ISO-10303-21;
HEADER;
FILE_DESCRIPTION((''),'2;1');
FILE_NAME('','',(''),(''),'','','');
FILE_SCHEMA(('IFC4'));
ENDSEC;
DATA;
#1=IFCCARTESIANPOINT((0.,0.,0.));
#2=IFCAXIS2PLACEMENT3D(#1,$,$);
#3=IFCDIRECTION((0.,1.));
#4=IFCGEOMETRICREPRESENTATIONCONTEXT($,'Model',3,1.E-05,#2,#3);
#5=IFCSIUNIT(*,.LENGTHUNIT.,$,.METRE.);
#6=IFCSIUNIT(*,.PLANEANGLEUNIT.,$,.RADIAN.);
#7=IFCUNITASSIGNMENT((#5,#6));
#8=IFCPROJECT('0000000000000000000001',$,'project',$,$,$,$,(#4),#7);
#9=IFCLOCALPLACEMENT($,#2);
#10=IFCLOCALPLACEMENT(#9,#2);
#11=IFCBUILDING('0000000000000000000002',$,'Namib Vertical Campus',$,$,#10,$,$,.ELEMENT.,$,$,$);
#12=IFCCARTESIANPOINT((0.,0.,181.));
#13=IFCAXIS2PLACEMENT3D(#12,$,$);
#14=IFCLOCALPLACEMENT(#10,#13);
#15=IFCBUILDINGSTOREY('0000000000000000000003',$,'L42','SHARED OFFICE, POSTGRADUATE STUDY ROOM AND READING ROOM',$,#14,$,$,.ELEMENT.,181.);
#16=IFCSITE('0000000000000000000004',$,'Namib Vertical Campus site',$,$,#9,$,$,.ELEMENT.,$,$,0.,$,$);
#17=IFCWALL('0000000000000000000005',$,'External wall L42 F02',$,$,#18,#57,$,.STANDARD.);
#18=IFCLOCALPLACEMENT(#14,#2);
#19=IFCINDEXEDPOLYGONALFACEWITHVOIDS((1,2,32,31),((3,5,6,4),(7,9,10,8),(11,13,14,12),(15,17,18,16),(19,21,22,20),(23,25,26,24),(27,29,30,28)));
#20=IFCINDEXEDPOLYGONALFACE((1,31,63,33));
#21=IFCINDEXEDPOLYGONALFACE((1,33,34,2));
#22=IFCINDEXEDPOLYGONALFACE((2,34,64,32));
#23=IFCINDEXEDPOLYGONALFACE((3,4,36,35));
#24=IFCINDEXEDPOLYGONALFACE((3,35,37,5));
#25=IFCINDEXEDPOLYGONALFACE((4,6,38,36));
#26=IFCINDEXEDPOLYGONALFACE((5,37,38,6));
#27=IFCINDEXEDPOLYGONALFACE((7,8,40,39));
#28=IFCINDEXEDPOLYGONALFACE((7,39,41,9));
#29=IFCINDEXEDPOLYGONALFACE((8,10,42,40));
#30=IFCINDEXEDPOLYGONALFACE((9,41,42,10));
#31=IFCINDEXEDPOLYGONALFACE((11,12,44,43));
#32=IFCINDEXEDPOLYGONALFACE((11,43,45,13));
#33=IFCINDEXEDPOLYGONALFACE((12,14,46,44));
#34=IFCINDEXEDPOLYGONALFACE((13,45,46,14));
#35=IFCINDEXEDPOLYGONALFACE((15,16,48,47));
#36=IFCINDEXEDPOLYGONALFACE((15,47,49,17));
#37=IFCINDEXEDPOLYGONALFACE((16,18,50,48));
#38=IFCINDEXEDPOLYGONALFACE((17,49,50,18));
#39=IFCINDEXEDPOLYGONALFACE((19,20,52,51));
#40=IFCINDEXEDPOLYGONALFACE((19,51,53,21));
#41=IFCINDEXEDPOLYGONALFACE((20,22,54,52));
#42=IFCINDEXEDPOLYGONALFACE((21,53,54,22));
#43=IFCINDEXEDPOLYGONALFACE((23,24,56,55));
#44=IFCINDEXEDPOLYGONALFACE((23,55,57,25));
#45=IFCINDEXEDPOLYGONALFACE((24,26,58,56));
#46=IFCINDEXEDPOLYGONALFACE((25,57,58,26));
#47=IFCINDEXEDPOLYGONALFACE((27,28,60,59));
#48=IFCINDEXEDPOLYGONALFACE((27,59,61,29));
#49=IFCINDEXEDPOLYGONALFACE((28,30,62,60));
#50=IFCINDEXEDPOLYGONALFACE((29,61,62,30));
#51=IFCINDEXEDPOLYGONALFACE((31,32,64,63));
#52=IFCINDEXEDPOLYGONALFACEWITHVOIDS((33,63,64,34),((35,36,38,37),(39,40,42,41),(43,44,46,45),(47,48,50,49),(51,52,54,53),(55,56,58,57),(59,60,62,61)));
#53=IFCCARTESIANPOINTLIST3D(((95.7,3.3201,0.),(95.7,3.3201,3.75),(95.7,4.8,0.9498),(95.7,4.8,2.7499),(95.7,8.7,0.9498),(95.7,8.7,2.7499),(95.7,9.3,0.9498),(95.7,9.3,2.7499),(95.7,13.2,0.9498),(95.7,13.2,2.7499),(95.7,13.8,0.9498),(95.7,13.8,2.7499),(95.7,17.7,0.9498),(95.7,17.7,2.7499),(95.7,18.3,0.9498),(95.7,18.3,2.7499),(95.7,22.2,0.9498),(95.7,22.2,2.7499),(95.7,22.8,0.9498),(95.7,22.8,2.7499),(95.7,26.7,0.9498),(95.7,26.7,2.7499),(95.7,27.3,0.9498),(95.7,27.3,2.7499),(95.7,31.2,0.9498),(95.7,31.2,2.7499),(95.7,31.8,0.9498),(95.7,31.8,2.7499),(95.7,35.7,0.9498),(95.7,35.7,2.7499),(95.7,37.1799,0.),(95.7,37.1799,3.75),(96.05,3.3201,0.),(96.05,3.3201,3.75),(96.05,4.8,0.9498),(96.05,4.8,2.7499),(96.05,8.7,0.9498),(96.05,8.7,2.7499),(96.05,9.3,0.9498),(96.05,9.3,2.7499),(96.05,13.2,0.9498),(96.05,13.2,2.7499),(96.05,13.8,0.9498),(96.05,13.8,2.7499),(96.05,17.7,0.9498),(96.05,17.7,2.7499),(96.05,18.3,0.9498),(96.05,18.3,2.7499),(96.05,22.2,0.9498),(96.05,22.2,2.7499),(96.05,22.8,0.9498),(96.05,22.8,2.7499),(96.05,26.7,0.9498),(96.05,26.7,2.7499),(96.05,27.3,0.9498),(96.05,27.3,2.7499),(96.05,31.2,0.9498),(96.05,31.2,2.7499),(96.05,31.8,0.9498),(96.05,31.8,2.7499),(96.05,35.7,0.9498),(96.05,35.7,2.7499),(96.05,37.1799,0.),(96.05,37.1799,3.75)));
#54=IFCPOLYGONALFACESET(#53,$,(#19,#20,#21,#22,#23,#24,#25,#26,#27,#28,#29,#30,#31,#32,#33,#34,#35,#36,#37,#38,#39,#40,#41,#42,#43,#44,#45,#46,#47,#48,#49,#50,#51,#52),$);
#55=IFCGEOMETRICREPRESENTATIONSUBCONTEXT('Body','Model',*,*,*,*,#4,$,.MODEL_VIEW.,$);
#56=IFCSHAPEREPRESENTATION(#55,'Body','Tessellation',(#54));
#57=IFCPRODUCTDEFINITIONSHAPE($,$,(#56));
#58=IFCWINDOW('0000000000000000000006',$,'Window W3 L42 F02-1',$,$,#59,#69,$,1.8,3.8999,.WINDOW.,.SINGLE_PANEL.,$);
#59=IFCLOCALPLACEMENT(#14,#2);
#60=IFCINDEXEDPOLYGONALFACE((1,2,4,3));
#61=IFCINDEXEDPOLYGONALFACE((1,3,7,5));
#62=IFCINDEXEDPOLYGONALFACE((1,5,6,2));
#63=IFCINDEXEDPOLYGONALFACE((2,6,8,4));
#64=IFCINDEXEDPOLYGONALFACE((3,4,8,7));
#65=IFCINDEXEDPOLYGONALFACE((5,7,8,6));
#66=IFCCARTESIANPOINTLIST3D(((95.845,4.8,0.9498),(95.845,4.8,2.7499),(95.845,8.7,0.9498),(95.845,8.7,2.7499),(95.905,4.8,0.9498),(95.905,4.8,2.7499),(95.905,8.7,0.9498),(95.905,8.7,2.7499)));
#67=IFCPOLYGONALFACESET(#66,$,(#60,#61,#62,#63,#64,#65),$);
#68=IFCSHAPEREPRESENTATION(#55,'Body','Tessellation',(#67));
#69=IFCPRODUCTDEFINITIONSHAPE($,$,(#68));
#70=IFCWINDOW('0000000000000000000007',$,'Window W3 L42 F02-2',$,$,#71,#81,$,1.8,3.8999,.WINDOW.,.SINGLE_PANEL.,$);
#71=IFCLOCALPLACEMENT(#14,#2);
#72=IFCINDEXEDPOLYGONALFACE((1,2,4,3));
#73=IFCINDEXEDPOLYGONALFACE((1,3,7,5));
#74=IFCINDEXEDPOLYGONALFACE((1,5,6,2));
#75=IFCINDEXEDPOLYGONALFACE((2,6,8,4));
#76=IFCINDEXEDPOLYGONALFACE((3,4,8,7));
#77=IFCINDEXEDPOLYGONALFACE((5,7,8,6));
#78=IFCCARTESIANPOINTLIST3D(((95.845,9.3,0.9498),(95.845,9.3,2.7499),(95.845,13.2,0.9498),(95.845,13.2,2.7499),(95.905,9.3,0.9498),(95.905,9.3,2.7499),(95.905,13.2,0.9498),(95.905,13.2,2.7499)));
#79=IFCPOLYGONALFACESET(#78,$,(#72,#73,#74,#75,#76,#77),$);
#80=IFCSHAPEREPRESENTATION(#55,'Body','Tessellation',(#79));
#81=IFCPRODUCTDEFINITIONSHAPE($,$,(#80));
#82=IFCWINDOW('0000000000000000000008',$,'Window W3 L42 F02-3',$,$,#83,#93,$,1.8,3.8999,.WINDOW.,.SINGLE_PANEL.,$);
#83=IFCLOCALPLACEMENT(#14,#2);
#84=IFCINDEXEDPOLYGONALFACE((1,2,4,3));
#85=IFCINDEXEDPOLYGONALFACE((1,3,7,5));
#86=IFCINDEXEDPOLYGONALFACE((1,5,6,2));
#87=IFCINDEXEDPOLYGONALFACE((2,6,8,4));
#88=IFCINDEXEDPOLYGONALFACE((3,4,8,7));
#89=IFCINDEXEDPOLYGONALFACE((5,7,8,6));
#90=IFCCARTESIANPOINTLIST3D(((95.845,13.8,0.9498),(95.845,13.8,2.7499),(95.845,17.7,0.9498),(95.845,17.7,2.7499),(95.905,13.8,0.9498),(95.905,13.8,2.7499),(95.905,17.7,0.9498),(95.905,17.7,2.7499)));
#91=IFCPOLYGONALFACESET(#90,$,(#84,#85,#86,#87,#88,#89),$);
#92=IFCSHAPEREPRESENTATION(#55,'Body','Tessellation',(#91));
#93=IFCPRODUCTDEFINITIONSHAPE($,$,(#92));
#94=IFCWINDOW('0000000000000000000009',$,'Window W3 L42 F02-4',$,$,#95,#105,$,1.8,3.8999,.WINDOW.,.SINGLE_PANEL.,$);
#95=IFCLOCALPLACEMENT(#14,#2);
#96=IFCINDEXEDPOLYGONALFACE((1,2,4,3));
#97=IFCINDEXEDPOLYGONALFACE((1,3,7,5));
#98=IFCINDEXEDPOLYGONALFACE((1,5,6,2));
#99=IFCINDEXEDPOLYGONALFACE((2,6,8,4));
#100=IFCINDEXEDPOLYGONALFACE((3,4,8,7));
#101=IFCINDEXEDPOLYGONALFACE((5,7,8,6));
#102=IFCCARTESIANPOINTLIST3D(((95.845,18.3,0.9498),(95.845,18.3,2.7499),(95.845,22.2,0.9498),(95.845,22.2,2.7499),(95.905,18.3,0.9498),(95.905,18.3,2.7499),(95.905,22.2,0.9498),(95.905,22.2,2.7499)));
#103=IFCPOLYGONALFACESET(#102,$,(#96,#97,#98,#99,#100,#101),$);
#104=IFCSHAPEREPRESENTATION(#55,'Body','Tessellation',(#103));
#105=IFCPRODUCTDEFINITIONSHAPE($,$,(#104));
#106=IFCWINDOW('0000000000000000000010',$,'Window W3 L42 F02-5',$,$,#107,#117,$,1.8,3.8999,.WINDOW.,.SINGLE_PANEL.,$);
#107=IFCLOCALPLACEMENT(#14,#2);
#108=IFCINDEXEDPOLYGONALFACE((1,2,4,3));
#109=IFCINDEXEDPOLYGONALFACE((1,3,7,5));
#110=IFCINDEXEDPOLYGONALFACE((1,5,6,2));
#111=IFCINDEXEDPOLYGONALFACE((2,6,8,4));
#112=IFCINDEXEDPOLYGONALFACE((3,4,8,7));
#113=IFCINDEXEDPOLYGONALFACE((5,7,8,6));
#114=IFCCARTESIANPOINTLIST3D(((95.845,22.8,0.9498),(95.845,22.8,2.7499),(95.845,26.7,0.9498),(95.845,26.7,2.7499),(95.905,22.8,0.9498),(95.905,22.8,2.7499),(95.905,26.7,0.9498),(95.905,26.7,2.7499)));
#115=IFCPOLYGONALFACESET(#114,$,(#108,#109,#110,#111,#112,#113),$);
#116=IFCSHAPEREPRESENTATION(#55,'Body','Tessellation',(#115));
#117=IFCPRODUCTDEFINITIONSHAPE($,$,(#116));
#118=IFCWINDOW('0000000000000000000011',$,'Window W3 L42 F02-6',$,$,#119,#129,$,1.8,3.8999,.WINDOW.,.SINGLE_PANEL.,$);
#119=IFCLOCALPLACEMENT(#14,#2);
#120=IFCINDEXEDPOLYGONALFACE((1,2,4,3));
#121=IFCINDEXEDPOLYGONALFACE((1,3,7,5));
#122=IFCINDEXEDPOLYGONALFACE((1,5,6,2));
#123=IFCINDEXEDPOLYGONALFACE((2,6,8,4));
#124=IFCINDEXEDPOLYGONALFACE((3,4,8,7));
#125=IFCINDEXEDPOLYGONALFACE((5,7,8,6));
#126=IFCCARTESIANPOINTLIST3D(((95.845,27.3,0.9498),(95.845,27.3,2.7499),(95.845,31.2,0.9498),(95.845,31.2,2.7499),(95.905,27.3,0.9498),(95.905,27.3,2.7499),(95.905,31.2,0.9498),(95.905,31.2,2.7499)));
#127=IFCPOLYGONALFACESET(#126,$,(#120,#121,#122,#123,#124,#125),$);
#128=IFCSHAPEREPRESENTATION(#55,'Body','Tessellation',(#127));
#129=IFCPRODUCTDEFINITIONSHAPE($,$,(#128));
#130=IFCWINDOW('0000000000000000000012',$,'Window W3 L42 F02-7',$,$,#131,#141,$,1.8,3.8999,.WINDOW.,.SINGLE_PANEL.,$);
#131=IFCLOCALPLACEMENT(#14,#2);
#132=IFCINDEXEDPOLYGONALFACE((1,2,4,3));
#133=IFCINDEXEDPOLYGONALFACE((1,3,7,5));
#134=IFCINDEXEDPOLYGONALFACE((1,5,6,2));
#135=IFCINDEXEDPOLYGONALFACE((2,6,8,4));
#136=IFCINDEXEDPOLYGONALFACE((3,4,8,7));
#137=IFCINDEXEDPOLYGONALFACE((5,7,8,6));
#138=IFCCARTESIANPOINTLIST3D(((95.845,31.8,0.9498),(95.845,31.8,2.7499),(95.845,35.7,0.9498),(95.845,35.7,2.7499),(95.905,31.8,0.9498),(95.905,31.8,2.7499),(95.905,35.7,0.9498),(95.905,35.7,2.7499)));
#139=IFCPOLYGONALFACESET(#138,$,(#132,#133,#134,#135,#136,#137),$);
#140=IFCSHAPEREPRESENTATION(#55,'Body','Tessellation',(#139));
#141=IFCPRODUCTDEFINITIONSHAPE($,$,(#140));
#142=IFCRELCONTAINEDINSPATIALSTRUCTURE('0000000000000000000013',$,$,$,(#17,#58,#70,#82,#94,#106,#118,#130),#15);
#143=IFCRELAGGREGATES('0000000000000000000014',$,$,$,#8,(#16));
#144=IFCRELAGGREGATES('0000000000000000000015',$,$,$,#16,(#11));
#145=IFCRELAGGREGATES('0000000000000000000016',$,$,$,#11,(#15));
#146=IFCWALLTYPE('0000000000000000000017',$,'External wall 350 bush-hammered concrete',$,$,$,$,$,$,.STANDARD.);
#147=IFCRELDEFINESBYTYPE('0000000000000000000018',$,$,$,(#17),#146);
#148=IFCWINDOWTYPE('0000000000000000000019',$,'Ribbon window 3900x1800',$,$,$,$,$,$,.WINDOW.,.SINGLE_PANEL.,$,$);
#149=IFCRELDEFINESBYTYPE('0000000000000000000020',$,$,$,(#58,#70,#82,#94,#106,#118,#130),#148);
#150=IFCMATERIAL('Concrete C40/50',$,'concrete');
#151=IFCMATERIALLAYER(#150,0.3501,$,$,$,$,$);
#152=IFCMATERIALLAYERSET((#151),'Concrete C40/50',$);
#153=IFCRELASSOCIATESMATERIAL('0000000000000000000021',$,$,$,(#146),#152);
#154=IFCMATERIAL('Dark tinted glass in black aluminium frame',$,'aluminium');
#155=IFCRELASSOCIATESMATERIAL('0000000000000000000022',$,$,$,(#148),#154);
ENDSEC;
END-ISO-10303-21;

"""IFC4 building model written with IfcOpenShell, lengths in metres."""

from ifc_helpers import new_model, si_unit, direction, frame, frame_2d, origin, place, context, subcontext, project, spatial, rectangle, extrude, material, layer, layer_set, type_object, element, fill, save


model = new_model("IFC4")

# Units and contexts
model_context = context("Model", 3, precision=1e-05, world=origin(), true_north=direction((0.0, 1.0)))
body_context = subcontext(model_context, "Body", "Model", "MODEL_VIEW")
ifc_project = project(units=[si_unit("LENGTHUNIT", "METRE"), si_unit("PLANEANGLEUNIT", "RADIAN")], contexts=[model_context])

# Site, building, storey
site_placement = place(None, origin())
site = spatial("IfcSite", under=ifc_project, at=site_placement, Name="Namib Vertical Campus site", CompositionType="ELEMENT", RefElevation=0.0)
building_placement = place(site_placement, origin())
building = spatial("IfcBuilding", under=site, at=building_placement, Name="Namib Vertical Campus", CompositionType="ELEMENT")
storey_placement = place(building_placement, frame((0.0, 0.0, 181.0)))
storey = spatial("IfcBuildingStorey", under=building, at=storey_placement, Name="L42", Description="SHARED OFFICE, POSTGRADUATE STUDY ROOM AND READING ROOM", CompositionType="ELEMENT", Elevation=181.0)

# Wall, openings, windows
ifc_material_1 = material(Name="Concrete C40/50", Category="concrete")
ifc_layer_1 = layer(ifc_material_1, 0.3501)
ifc_layer_set_1 = layer_set([ifc_layer_1], Name="Concrete C40/50")
wall_type_1 = type_object("IfcWallType", Name="External wall 350 bush-hammered concrete", PredefinedType="STANDARD", material=ifc_layer_set_1)
wall_1_placement = place(storey_placement, frame((95.875, 3.3201, 0.0), z_axis=(0.0, 0.0, 1.0), x_axis=(0.0, 1.0, 0.0)))
wall_1 = element("IfcWall", 1, at=wall_1_placement, inside=storey, type_object=wall_type_1, Name="External wall L42 F02", PredefinedType="STANDARD", context=body_context, shape_type="SweptSolid", body=[
    extrude(rectangle(XDim=33.8599, YDim=0.3501, at=frame_2d((16.9299, 0.0))), origin(), (0.0, 0.0, 1.0), 3.75),
])
opening_1_placement = place(wall_1_placement, frame((1.48, 0.0, 0.95)))
opening_1 = element("IfcOpeningElement", 2, at=opening_1_placement, cuts=wall_1, PredefinedType="OPENING", context=body_context, shape_type="SweptSolid", body=[
    extrude(rectangle(XDim=3.8999, YDim=1.8, at=frame_2d((1.95, 0.8999))), frame((0.0, 0.1851, 0.0), z_axis=(0.0, -1.0, 0.0), x_axis=(1.0, 0.0, 0.0)), (0.0, 0.0, 1.0), 0.3701),
])
opening_2_placement = place(wall_1_placement, frame((5.98, 0.0, 0.95)))
opening_2 = element("IfcOpeningElement", 3, at=opening_2_placement, cuts=wall_1, PredefinedType="OPENING", context=body_context, shape_type="SweptSolid", body=[
    extrude(rectangle(XDim=3.8999, YDim=1.8, at=frame_2d((1.95, 0.8999))), frame((0.0, 0.1851, 0.0), z_axis=(0.0, -1.0, 0.0), x_axis=(1.0, 0.0, 0.0)), (0.0, 0.0, 1.0), 0.3701),
])
opening_3_placement = place(wall_1_placement, frame((10.48, 0.0, 0.95)))
opening_3 = element("IfcOpeningElement", 4, at=opening_3_placement, cuts=wall_1, PredefinedType="OPENING", context=body_context, shape_type="SweptSolid", body=[
    extrude(rectangle(XDim=3.8999, YDim=1.8, at=frame_2d((1.95, 0.8999))), frame((0.0, 0.1851, 0.0), z_axis=(0.0, -1.0, 0.0), x_axis=(1.0, 0.0, 0.0)), (0.0, 0.0, 1.0), 0.3701),
])
opening_4_placement = place(wall_1_placement, frame((14.98, 0.0, 0.95)))
opening_4 = element("IfcOpeningElement", 5, at=opening_4_placement, cuts=wall_1, PredefinedType="OPENING", context=body_context, shape_type="SweptSolid", body=[
    extrude(rectangle(XDim=3.8999, YDim=1.8, at=frame_2d((1.95, 0.8999))), frame((0.0, 0.1851, 0.0), z_axis=(0.0, -1.0, 0.0), x_axis=(1.0, 0.0, 0.0)), (0.0, 0.0, 1.0), 0.3701),
])
opening_5_placement = place(wall_1_placement, frame((19.48, 0.0, 0.95)))
opening_5 = element("IfcOpeningElement", 6, at=opening_5_placement, cuts=wall_1, PredefinedType="OPENING", context=body_context, shape_type="SweptSolid", body=[
    extrude(rectangle(XDim=3.8999, YDim=1.8, at=frame_2d((1.95, 0.8999))), frame((0.0, 0.1851, 0.0), z_axis=(0.0, -1.0, 0.0), x_axis=(1.0, 0.0, 0.0)), (0.0, 0.0, 1.0), 0.3701),
])
opening_6_placement = place(wall_1_placement, frame((23.98, 0.0, 0.95)))
opening_6 = element("IfcOpeningElement", 7, at=opening_6_placement, cuts=wall_1, PredefinedType="OPENING", context=body_context, shape_type="SweptSolid", body=[
    extrude(rectangle(XDim=3.8999, YDim=1.8, at=frame_2d((1.95, 0.8999))), frame((0.0, 0.1851, 0.0), z_axis=(0.0, -1.0, 0.0), x_axis=(1.0, 0.0, 0.0)), (0.0, 0.0, 1.0), 0.3701),
])
opening_7_placement = place(wall_1_placement, frame((28.48, 0.0, 0.95)))
opening_7 = element("IfcOpeningElement", 8, at=opening_7_placement, cuts=wall_1, PredefinedType="OPENING", context=body_context, shape_type="SweptSolid", body=[
    extrude(rectangle(XDim=3.8999, YDim=1.8, at=frame_2d((1.95, 0.8999))), frame((0.0, 0.1851, 0.0), z_axis=(0.0, -1.0, 0.0), x_axis=(1.0, 0.0, 0.0)), (0.0, 0.0, 1.0), 0.3701),
])
ifc_material_2 = material(Name="Dark tinted glass in black aluminium frame", Category="aluminium")
window_type = type_object("IfcWindowType", Name="Ribbon window 3900x1800", PartitioningType="SINGLE_PANEL", PredefinedType="WINDOW", material=ifc_material_2)
window_1_placement = place(opening_1_placement, origin())
window_1 = element("IfcWindow", 9, at=window_1_placement, inside=storey, type_object=window_type, Name="Window W3 L42 F02-1", OverallHeight=1.8, OverallWidth=3.8999, PartitioningType="SINGLE_PANEL", PredefinedType="WINDOW", context=body_context, shape_type="SweptSolid", body=[
    extrude(rectangle(XDim=3.8999, YDim=1.8, at=frame_2d((1.95, 0.8999))), frame((0.0, 0.03, 0.0), z_axis=(0.0, -1.0, 0.0), x_axis=(1.0, 0.0, 0.0)), (0.0, 0.0, 1.0), 0.0601),
])
fill(opening_1, window_1)
window_2_placement = place(opening_2_placement, origin())
window_2 = element("IfcWindow", 10, at=window_2_placement, inside=storey, type_object=window_type, Name="Window W3 L42 F02-2", OverallHeight=1.8, OverallWidth=3.8999, PartitioningType="SINGLE_PANEL", PredefinedType="WINDOW", context=body_context, shape_type="SweptSolid", body=[
    extrude(rectangle(XDim=3.8999, YDim=1.8, at=frame_2d((1.95, 0.8999))), frame((0.0, 0.03, 0.0), z_axis=(0.0, -1.0, 0.0), x_axis=(1.0, 0.0, 0.0)), (0.0, 0.0, 1.0), 0.0601),
])
fill(opening_2, window_2)
window_3_placement = place(opening_3_placement, origin())
window_3 = element("IfcWindow", 11, at=window_3_placement, inside=storey, type_object=window_type, Name="Window W3 L42 F02-3", OverallHeight=1.8, OverallWidth=3.8999, PartitioningType="SINGLE_PANEL", PredefinedType="WINDOW", context=body_context, shape_type="SweptSolid", body=[
    extrude(rectangle(XDim=3.8999, YDim=1.8, at=frame_2d((1.95, 0.8999))), frame((0.0, 0.03, 0.0), z_axis=(0.0, -1.0, 0.0), x_axis=(1.0, 0.0, 0.0)), (0.0, 0.0, 1.0), 0.0601),
])
fill(opening_3, window_3)
window_4_placement = place(opening_4_placement, origin())
window_4 = element("IfcWindow", 12, at=window_4_placement, inside=storey, type_object=window_type, Name="Window W3 L42 F02-4", OverallHeight=1.8, OverallWidth=3.8999, PartitioningType="SINGLE_PANEL", PredefinedType="WINDOW", context=body_context, shape_type="SweptSolid", body=[
    extrude(rectangle(XDim=3.8999, YDim=1.8, at=frame_2d((1.95, 0.8999))), frame((0.0, 0.03, 0.0), z_axis=(0.0, -1.0, 0.0), x_axis=(1.0, 0.0, 0.0)), (0.0, 0.0, 1.0), 0.0601),
])
fill(opening_4, window_4)
window_5_placement = place(opening_5_placement, origin())
window_5 = element("IfcWindow", 13, at=window_5_placement, inside=storey, type_object=window_type, Name="Window W3 L42 F02-5", OverallHeight=1.8, OverallWidth=3.8999, PartitioningType="SINGLE_PANEL", PredefinedType="WINDOW", context=body_context, shape_type="SweptSolid", body=[
    extrude(rectangle(XDim=3.8999, YDim=1.8, at=frame_2d((1.95, 0.8999))), frame((0.0, 0.03, 0.0), z_axis=(0.0, -1.0, 0.0), x_axis=(1.0, 0.0, 0.0)), (0.0, 0.0, 1.0), 0.0601),
])
fill(opening_5, window_5)
window_6_placement = place(opening_6_placement, origin())
window_6 = element("IfcWindow", 14, at=window_6_placement, inside=storey, type_object=window_type, Name="Window W3 L42 F02-6", OverallHeight=1.8, OverallWidth=3.8999, PartitioningType="SINGLE_PANEL", PredefinedType="WINDOW", context=body_context, shape_type="SweptSolid", body=[
    extrude(rectangle(XDim=3.8999, YDim=1.8, at=frame_2d((1.95, 0.8999))), frame((0.0, 0.03, 0.0), z_axis=(0.0, -1.0, 0.0), x_axis=(1.0, 0.0, 0.0)), (0.0, 0.0, 1.0), 0.0601),
])
fill(opening_6, window_6)
window_7_placement = place(opening_7_placement, origin())
window_7 = element("IfcWindow", 15, at=window_7_placement, inside=storey, type_object=window_type, Name="Window W3 L42 F02-7", OverallHeight=1.8, OverallWidth=3.8999, PartitioningType="SINGLE_PANEL", PredefinedType="WINDOW", context=body_context, shape_type="SweptSolid", body=[
    extrude(rectangle(XDim=3.8999, YDim=1.8, at=frame_2d((1.95, 0.8999))), frame((0.0, 0.03, 0.0), z_axis=(0.0, -1.0, 0.0), x_axis=(1.0, 0.0, 0.0)), (0.0, 0.0, 1.0), 0.0601),
])
fill(opening_7, window_7)

save(model, "model.ifc")
